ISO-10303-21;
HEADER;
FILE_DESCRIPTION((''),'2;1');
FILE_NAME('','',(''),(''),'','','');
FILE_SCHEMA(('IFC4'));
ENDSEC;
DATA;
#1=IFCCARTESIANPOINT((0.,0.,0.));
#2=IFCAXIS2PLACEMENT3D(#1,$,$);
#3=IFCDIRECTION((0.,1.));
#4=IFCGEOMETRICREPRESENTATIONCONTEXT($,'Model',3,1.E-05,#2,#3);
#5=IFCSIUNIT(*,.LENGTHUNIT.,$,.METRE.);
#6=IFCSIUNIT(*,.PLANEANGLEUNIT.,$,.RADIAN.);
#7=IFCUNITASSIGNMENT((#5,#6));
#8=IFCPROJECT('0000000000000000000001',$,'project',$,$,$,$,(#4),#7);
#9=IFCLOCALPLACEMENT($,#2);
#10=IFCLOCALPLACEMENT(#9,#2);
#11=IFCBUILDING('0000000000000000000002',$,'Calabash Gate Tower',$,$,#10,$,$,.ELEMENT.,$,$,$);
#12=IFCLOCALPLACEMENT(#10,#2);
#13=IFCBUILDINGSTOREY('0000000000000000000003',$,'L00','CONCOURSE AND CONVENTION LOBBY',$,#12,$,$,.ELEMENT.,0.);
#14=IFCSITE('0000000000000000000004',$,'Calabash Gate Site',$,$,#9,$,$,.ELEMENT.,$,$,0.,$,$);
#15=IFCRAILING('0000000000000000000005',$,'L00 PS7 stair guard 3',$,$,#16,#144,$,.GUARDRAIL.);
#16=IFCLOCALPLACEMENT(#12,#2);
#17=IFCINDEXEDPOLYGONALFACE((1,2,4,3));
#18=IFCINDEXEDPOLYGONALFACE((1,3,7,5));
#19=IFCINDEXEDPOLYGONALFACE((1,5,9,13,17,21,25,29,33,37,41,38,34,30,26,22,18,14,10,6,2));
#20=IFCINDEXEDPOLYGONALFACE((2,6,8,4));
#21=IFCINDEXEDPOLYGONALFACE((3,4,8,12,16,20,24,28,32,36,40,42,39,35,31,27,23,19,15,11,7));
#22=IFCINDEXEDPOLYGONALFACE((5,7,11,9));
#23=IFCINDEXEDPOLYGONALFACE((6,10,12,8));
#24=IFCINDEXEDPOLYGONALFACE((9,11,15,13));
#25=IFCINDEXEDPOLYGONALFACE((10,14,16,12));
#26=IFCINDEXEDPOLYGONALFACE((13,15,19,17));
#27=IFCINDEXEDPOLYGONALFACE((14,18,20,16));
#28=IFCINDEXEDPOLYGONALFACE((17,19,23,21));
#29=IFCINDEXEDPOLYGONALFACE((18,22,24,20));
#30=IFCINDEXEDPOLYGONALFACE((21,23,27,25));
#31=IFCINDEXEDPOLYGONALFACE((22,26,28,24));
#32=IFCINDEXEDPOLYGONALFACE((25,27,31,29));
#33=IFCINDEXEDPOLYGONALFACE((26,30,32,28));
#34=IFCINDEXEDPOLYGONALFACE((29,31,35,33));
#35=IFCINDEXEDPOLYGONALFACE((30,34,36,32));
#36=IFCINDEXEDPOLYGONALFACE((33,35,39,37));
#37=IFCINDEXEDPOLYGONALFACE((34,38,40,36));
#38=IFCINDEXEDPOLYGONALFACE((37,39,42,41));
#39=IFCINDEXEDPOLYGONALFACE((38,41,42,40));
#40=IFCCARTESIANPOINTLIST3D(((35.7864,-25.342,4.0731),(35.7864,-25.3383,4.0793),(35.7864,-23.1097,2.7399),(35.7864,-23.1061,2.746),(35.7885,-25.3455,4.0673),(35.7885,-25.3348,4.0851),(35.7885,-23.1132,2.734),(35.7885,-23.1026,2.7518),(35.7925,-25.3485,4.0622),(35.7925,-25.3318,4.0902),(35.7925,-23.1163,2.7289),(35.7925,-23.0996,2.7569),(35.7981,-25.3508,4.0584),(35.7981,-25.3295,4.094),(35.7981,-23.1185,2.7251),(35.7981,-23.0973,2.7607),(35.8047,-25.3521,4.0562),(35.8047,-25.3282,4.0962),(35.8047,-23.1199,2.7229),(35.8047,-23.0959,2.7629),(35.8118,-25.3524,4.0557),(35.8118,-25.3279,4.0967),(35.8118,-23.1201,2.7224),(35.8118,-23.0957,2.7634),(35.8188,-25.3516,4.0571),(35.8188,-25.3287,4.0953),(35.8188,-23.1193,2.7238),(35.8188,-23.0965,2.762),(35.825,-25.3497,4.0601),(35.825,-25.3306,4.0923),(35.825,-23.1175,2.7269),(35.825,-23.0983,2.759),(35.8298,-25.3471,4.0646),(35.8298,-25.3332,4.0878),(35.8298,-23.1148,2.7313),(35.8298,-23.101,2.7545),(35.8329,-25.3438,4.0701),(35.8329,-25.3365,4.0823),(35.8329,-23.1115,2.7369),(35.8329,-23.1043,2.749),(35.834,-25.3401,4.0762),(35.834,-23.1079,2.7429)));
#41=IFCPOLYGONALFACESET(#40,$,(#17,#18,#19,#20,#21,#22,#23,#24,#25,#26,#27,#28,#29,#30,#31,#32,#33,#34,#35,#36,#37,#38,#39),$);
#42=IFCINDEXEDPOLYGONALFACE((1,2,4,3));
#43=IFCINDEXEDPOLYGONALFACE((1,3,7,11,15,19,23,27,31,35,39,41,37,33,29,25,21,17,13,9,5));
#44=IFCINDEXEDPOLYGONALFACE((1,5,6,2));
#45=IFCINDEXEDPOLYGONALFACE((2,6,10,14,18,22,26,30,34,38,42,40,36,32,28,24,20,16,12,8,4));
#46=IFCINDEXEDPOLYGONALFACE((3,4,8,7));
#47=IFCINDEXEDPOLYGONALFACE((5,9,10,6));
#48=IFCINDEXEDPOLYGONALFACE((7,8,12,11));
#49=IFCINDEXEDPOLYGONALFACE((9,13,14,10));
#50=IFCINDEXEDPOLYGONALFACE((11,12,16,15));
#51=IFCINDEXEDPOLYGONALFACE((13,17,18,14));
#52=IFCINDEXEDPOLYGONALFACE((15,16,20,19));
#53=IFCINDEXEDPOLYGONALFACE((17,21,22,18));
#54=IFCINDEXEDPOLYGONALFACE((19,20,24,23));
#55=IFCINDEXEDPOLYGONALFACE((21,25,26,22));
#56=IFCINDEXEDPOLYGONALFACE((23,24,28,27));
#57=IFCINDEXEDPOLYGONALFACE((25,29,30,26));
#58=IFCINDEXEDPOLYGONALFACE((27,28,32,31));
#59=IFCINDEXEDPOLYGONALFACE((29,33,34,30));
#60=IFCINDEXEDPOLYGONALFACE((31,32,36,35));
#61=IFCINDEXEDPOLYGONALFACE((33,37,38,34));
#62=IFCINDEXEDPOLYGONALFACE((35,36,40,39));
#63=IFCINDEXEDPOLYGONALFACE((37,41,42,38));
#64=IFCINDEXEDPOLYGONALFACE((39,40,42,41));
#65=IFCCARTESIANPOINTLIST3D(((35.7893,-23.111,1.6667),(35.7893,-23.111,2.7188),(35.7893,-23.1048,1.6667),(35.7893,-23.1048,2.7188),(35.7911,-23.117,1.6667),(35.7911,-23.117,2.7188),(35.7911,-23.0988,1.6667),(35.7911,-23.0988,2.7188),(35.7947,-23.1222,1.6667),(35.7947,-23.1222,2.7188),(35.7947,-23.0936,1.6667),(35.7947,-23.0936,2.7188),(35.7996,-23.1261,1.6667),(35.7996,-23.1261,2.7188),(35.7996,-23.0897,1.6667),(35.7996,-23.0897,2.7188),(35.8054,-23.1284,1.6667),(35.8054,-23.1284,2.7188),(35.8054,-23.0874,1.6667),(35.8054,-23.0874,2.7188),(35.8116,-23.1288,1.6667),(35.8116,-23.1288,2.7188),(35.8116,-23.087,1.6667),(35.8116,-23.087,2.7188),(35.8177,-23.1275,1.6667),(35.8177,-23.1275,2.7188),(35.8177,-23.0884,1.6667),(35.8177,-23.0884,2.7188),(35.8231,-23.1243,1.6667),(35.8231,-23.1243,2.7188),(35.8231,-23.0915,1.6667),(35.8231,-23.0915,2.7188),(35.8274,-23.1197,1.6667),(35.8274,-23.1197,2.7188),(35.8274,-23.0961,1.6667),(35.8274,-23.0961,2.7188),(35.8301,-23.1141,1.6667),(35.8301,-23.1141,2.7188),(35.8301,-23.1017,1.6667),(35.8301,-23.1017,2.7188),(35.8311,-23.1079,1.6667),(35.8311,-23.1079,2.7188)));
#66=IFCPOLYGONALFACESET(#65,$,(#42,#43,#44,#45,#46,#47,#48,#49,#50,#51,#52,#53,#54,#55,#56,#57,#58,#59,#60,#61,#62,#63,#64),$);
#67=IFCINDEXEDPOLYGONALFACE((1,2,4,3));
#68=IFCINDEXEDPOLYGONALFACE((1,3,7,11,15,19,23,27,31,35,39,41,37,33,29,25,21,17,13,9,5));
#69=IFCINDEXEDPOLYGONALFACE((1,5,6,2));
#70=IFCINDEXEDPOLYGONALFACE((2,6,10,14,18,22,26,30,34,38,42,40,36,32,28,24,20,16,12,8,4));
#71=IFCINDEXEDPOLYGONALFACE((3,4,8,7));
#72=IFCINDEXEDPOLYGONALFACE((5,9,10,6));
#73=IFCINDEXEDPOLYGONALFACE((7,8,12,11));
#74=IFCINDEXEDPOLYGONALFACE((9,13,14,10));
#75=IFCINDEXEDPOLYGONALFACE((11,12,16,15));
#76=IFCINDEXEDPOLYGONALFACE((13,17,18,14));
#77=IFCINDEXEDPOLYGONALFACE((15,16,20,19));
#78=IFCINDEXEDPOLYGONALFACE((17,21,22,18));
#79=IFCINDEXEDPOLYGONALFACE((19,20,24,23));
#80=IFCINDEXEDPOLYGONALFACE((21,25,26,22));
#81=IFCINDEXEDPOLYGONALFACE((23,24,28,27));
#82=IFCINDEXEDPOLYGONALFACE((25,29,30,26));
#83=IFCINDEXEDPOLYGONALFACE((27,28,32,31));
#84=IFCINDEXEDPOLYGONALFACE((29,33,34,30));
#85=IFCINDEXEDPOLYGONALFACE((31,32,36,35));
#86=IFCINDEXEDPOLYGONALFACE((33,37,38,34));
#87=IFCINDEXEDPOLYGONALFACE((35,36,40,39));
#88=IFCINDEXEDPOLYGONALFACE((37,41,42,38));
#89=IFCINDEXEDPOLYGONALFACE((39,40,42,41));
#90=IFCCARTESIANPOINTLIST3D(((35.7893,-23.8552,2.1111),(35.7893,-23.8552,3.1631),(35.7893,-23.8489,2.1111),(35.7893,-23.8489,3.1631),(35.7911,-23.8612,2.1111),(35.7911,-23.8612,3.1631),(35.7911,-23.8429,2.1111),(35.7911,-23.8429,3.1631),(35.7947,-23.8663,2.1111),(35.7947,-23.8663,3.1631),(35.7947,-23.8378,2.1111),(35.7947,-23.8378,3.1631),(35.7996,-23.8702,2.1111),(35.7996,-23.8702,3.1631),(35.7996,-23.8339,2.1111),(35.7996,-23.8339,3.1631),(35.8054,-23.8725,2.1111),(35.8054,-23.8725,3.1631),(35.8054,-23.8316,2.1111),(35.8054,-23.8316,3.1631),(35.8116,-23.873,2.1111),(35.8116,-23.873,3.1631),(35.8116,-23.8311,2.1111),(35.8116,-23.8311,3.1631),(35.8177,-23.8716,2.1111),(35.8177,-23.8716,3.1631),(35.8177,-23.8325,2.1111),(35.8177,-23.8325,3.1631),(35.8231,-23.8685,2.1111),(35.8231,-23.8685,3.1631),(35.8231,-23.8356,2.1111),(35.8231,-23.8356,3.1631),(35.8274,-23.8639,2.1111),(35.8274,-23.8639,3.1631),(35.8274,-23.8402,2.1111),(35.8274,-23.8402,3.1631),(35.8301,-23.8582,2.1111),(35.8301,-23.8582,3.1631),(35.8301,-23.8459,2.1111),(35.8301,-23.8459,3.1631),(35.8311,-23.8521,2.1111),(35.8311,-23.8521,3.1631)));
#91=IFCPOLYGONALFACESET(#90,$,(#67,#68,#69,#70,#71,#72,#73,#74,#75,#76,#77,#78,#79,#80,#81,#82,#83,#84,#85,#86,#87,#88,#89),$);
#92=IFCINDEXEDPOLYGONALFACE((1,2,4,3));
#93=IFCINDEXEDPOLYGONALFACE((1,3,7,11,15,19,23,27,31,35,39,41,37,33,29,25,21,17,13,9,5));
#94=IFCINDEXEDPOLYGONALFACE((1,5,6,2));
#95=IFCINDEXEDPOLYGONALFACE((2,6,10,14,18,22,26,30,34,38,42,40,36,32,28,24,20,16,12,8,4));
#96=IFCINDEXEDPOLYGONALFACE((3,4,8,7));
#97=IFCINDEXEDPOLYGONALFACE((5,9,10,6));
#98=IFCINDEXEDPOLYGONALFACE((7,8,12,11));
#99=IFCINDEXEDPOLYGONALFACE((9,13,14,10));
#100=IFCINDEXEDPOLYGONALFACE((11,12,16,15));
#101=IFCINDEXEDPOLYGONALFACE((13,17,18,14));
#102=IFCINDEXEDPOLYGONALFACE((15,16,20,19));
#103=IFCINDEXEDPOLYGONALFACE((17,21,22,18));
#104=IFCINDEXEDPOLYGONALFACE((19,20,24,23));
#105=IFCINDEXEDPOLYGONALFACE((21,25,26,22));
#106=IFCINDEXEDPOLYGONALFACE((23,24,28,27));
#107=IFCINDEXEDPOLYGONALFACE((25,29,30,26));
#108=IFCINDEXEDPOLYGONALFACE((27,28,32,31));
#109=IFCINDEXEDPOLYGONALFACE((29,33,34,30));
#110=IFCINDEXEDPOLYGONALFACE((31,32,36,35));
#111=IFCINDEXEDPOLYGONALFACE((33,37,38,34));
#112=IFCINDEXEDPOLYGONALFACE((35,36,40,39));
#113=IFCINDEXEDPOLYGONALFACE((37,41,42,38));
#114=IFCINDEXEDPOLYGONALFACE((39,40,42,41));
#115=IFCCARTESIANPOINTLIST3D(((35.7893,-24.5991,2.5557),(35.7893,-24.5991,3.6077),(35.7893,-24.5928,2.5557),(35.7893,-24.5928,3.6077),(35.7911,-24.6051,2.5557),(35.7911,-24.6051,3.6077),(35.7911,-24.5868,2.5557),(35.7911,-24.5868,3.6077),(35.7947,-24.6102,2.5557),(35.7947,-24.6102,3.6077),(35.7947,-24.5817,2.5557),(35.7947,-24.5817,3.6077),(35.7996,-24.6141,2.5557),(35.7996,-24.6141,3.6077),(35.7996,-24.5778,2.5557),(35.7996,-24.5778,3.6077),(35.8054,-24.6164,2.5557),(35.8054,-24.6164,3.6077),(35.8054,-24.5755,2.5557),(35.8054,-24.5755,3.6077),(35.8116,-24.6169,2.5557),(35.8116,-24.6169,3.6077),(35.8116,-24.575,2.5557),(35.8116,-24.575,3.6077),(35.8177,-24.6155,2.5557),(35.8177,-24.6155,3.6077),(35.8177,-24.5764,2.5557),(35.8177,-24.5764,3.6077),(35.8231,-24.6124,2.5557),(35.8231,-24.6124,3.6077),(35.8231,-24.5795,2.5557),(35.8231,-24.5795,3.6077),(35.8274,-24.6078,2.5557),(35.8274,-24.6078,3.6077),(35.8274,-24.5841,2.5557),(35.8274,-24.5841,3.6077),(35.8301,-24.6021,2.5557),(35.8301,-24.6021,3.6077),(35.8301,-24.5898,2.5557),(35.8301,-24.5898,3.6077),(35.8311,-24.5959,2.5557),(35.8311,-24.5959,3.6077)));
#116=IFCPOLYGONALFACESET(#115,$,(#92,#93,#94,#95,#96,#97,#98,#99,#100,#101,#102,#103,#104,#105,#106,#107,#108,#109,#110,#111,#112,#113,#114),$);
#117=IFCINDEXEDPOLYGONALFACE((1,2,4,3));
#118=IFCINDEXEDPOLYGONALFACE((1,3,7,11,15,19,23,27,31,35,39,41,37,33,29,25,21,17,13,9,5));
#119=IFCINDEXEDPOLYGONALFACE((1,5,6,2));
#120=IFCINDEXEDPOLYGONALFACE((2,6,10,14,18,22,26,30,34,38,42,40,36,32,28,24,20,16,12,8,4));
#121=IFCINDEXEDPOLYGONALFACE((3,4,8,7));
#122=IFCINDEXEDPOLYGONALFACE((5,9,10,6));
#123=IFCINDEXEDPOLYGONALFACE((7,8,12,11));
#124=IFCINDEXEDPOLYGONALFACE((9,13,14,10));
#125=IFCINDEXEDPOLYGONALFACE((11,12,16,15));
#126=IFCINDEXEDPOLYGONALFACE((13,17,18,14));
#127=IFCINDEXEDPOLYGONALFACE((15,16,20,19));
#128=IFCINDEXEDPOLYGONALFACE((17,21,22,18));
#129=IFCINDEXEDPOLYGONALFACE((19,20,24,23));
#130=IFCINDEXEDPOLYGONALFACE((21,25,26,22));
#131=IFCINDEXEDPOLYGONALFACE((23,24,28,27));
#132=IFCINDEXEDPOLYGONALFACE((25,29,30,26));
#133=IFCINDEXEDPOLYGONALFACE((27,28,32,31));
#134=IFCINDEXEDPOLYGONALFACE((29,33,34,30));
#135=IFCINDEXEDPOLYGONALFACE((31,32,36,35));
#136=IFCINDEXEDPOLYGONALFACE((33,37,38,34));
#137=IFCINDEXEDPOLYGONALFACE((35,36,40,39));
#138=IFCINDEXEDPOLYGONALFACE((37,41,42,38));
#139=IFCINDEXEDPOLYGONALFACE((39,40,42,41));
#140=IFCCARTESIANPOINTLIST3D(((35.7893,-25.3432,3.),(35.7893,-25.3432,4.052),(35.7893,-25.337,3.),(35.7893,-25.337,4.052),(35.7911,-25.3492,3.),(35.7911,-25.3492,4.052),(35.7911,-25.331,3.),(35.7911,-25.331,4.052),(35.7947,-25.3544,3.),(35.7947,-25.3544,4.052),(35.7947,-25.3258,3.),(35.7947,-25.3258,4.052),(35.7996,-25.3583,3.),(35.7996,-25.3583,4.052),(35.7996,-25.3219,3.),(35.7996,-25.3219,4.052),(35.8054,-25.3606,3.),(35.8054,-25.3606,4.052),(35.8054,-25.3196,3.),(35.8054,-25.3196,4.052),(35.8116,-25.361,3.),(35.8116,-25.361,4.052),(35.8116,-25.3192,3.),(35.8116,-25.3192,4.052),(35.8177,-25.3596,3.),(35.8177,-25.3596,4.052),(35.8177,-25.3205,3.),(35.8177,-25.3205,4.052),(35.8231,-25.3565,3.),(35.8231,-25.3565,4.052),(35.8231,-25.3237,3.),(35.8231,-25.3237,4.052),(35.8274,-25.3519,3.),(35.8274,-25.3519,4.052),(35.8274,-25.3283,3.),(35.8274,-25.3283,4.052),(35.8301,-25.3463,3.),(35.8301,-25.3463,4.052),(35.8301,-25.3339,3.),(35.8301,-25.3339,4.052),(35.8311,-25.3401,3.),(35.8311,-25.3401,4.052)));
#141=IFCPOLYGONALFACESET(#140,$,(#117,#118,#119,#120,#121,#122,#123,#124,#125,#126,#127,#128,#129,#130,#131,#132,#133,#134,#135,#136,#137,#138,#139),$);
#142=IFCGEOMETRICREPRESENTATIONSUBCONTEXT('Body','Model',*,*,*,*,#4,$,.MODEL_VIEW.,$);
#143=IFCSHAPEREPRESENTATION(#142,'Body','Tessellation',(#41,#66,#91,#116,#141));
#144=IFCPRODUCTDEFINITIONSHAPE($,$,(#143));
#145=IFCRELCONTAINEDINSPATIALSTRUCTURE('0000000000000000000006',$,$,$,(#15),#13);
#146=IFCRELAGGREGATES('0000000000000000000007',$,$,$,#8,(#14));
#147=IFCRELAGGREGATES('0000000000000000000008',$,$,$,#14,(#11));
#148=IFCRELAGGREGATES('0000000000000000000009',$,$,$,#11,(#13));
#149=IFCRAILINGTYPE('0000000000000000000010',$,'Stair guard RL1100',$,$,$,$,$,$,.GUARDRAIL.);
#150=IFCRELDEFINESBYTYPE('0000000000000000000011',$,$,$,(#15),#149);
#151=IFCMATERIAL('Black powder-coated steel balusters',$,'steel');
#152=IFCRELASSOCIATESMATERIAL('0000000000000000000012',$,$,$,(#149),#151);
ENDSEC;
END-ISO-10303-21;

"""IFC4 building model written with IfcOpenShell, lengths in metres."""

from ifc_helpers import new_model, si_unit, direction, frame, origin, origin_2d, place, context, subcontext, project, spatial, circle, extrude, material, type_object, element, save


model = new_model("IFC4")

# Units and contexts
model_context = context("Model", 3, precision=1e-05, world=origin(), true_north=direction((0.0, 1.0)))
body_context = subcontext(model_context, "Body", "Model", "MODEL_VIEW")
ifc_project = project(units=[si_unit("LENGTHUNIT", "METRE"), si_unit("PLANEANGLEUNIT", "RADIAN")], contexts=[model_context])

# Site, building, storey
site_placement = place(None, origin())
site = spatial("IfcSite", under=ifc_project, at=site_placement, Name="Calabash Gate Site", CompositionType="ELEMENT", RefElevation=0.0)
building_placement = place(site_placement, origin())
building = spatial("IfcBuilding", under=site, at=building_placement, Name="Calabash Gate Tower", CompositionType="ELEMENT")
storey_placement = place(building_placement, origin())
storey = spatial("IfcBuildingStorey", under=building, at=storey_placement, Name="L00", Description="CONCOURSE AND CONVENTION LOBBY", CompositionType="ELEMENT", Elevation=0.0)

# Railing
ifc_material_1 = material(Name="Black powder-coated steel balusters", Category="steel")
railing_type_1 = type_object("IfcRailingType", Name="Stair guard RL1100", PredefinedType="GUARDRAIL", material=ifc_material_1)
railing_1_placement = place(storey_placement, frame((35.8101, -23.1079, 1.6667)))
element("IfcRailing", 1, at=railing_1_placement, inside=storey, type_object=railing_type_1, Name="L00 PS7 stair guard 3", PredefinedType="GUARDRAIL", context=body_context, shape_type="SweptSolid", body=[
    extrude(circle(Radius=0.0239, at=origin_2d()), frame((0.0, 0.0, 1.0762), z_axis=(0.0, -0.858519, 0.512782), x_axis=(1.0, 0.0, 0.0)), (0.0, 0.0, 1.0), 2.6001),
    extrude(circle(Radius=0.021, at=origin_2d()), origin(), (0.0, 0.0, 1.0), 1.052),
    extrude(circle(Radius=0.021, at=origin_2d()), frame((0.0, -0.7441, 0.4443)), (0.0, 0.0, 1.0), 1.052),
    extrude(circle(Radius=0.021, at=origin_2d()), frame((0.0, -1.488, 0.8889)), (0.0, 0.0, 1.0), 1.052),
    extrude(circle(Radius=0.021, at=origin_2d()), frame((0.0, -2.2322, 1.3333)), (0.0, 0.0, 1.0), 1.052),
])

save(model, "model.ifc")
